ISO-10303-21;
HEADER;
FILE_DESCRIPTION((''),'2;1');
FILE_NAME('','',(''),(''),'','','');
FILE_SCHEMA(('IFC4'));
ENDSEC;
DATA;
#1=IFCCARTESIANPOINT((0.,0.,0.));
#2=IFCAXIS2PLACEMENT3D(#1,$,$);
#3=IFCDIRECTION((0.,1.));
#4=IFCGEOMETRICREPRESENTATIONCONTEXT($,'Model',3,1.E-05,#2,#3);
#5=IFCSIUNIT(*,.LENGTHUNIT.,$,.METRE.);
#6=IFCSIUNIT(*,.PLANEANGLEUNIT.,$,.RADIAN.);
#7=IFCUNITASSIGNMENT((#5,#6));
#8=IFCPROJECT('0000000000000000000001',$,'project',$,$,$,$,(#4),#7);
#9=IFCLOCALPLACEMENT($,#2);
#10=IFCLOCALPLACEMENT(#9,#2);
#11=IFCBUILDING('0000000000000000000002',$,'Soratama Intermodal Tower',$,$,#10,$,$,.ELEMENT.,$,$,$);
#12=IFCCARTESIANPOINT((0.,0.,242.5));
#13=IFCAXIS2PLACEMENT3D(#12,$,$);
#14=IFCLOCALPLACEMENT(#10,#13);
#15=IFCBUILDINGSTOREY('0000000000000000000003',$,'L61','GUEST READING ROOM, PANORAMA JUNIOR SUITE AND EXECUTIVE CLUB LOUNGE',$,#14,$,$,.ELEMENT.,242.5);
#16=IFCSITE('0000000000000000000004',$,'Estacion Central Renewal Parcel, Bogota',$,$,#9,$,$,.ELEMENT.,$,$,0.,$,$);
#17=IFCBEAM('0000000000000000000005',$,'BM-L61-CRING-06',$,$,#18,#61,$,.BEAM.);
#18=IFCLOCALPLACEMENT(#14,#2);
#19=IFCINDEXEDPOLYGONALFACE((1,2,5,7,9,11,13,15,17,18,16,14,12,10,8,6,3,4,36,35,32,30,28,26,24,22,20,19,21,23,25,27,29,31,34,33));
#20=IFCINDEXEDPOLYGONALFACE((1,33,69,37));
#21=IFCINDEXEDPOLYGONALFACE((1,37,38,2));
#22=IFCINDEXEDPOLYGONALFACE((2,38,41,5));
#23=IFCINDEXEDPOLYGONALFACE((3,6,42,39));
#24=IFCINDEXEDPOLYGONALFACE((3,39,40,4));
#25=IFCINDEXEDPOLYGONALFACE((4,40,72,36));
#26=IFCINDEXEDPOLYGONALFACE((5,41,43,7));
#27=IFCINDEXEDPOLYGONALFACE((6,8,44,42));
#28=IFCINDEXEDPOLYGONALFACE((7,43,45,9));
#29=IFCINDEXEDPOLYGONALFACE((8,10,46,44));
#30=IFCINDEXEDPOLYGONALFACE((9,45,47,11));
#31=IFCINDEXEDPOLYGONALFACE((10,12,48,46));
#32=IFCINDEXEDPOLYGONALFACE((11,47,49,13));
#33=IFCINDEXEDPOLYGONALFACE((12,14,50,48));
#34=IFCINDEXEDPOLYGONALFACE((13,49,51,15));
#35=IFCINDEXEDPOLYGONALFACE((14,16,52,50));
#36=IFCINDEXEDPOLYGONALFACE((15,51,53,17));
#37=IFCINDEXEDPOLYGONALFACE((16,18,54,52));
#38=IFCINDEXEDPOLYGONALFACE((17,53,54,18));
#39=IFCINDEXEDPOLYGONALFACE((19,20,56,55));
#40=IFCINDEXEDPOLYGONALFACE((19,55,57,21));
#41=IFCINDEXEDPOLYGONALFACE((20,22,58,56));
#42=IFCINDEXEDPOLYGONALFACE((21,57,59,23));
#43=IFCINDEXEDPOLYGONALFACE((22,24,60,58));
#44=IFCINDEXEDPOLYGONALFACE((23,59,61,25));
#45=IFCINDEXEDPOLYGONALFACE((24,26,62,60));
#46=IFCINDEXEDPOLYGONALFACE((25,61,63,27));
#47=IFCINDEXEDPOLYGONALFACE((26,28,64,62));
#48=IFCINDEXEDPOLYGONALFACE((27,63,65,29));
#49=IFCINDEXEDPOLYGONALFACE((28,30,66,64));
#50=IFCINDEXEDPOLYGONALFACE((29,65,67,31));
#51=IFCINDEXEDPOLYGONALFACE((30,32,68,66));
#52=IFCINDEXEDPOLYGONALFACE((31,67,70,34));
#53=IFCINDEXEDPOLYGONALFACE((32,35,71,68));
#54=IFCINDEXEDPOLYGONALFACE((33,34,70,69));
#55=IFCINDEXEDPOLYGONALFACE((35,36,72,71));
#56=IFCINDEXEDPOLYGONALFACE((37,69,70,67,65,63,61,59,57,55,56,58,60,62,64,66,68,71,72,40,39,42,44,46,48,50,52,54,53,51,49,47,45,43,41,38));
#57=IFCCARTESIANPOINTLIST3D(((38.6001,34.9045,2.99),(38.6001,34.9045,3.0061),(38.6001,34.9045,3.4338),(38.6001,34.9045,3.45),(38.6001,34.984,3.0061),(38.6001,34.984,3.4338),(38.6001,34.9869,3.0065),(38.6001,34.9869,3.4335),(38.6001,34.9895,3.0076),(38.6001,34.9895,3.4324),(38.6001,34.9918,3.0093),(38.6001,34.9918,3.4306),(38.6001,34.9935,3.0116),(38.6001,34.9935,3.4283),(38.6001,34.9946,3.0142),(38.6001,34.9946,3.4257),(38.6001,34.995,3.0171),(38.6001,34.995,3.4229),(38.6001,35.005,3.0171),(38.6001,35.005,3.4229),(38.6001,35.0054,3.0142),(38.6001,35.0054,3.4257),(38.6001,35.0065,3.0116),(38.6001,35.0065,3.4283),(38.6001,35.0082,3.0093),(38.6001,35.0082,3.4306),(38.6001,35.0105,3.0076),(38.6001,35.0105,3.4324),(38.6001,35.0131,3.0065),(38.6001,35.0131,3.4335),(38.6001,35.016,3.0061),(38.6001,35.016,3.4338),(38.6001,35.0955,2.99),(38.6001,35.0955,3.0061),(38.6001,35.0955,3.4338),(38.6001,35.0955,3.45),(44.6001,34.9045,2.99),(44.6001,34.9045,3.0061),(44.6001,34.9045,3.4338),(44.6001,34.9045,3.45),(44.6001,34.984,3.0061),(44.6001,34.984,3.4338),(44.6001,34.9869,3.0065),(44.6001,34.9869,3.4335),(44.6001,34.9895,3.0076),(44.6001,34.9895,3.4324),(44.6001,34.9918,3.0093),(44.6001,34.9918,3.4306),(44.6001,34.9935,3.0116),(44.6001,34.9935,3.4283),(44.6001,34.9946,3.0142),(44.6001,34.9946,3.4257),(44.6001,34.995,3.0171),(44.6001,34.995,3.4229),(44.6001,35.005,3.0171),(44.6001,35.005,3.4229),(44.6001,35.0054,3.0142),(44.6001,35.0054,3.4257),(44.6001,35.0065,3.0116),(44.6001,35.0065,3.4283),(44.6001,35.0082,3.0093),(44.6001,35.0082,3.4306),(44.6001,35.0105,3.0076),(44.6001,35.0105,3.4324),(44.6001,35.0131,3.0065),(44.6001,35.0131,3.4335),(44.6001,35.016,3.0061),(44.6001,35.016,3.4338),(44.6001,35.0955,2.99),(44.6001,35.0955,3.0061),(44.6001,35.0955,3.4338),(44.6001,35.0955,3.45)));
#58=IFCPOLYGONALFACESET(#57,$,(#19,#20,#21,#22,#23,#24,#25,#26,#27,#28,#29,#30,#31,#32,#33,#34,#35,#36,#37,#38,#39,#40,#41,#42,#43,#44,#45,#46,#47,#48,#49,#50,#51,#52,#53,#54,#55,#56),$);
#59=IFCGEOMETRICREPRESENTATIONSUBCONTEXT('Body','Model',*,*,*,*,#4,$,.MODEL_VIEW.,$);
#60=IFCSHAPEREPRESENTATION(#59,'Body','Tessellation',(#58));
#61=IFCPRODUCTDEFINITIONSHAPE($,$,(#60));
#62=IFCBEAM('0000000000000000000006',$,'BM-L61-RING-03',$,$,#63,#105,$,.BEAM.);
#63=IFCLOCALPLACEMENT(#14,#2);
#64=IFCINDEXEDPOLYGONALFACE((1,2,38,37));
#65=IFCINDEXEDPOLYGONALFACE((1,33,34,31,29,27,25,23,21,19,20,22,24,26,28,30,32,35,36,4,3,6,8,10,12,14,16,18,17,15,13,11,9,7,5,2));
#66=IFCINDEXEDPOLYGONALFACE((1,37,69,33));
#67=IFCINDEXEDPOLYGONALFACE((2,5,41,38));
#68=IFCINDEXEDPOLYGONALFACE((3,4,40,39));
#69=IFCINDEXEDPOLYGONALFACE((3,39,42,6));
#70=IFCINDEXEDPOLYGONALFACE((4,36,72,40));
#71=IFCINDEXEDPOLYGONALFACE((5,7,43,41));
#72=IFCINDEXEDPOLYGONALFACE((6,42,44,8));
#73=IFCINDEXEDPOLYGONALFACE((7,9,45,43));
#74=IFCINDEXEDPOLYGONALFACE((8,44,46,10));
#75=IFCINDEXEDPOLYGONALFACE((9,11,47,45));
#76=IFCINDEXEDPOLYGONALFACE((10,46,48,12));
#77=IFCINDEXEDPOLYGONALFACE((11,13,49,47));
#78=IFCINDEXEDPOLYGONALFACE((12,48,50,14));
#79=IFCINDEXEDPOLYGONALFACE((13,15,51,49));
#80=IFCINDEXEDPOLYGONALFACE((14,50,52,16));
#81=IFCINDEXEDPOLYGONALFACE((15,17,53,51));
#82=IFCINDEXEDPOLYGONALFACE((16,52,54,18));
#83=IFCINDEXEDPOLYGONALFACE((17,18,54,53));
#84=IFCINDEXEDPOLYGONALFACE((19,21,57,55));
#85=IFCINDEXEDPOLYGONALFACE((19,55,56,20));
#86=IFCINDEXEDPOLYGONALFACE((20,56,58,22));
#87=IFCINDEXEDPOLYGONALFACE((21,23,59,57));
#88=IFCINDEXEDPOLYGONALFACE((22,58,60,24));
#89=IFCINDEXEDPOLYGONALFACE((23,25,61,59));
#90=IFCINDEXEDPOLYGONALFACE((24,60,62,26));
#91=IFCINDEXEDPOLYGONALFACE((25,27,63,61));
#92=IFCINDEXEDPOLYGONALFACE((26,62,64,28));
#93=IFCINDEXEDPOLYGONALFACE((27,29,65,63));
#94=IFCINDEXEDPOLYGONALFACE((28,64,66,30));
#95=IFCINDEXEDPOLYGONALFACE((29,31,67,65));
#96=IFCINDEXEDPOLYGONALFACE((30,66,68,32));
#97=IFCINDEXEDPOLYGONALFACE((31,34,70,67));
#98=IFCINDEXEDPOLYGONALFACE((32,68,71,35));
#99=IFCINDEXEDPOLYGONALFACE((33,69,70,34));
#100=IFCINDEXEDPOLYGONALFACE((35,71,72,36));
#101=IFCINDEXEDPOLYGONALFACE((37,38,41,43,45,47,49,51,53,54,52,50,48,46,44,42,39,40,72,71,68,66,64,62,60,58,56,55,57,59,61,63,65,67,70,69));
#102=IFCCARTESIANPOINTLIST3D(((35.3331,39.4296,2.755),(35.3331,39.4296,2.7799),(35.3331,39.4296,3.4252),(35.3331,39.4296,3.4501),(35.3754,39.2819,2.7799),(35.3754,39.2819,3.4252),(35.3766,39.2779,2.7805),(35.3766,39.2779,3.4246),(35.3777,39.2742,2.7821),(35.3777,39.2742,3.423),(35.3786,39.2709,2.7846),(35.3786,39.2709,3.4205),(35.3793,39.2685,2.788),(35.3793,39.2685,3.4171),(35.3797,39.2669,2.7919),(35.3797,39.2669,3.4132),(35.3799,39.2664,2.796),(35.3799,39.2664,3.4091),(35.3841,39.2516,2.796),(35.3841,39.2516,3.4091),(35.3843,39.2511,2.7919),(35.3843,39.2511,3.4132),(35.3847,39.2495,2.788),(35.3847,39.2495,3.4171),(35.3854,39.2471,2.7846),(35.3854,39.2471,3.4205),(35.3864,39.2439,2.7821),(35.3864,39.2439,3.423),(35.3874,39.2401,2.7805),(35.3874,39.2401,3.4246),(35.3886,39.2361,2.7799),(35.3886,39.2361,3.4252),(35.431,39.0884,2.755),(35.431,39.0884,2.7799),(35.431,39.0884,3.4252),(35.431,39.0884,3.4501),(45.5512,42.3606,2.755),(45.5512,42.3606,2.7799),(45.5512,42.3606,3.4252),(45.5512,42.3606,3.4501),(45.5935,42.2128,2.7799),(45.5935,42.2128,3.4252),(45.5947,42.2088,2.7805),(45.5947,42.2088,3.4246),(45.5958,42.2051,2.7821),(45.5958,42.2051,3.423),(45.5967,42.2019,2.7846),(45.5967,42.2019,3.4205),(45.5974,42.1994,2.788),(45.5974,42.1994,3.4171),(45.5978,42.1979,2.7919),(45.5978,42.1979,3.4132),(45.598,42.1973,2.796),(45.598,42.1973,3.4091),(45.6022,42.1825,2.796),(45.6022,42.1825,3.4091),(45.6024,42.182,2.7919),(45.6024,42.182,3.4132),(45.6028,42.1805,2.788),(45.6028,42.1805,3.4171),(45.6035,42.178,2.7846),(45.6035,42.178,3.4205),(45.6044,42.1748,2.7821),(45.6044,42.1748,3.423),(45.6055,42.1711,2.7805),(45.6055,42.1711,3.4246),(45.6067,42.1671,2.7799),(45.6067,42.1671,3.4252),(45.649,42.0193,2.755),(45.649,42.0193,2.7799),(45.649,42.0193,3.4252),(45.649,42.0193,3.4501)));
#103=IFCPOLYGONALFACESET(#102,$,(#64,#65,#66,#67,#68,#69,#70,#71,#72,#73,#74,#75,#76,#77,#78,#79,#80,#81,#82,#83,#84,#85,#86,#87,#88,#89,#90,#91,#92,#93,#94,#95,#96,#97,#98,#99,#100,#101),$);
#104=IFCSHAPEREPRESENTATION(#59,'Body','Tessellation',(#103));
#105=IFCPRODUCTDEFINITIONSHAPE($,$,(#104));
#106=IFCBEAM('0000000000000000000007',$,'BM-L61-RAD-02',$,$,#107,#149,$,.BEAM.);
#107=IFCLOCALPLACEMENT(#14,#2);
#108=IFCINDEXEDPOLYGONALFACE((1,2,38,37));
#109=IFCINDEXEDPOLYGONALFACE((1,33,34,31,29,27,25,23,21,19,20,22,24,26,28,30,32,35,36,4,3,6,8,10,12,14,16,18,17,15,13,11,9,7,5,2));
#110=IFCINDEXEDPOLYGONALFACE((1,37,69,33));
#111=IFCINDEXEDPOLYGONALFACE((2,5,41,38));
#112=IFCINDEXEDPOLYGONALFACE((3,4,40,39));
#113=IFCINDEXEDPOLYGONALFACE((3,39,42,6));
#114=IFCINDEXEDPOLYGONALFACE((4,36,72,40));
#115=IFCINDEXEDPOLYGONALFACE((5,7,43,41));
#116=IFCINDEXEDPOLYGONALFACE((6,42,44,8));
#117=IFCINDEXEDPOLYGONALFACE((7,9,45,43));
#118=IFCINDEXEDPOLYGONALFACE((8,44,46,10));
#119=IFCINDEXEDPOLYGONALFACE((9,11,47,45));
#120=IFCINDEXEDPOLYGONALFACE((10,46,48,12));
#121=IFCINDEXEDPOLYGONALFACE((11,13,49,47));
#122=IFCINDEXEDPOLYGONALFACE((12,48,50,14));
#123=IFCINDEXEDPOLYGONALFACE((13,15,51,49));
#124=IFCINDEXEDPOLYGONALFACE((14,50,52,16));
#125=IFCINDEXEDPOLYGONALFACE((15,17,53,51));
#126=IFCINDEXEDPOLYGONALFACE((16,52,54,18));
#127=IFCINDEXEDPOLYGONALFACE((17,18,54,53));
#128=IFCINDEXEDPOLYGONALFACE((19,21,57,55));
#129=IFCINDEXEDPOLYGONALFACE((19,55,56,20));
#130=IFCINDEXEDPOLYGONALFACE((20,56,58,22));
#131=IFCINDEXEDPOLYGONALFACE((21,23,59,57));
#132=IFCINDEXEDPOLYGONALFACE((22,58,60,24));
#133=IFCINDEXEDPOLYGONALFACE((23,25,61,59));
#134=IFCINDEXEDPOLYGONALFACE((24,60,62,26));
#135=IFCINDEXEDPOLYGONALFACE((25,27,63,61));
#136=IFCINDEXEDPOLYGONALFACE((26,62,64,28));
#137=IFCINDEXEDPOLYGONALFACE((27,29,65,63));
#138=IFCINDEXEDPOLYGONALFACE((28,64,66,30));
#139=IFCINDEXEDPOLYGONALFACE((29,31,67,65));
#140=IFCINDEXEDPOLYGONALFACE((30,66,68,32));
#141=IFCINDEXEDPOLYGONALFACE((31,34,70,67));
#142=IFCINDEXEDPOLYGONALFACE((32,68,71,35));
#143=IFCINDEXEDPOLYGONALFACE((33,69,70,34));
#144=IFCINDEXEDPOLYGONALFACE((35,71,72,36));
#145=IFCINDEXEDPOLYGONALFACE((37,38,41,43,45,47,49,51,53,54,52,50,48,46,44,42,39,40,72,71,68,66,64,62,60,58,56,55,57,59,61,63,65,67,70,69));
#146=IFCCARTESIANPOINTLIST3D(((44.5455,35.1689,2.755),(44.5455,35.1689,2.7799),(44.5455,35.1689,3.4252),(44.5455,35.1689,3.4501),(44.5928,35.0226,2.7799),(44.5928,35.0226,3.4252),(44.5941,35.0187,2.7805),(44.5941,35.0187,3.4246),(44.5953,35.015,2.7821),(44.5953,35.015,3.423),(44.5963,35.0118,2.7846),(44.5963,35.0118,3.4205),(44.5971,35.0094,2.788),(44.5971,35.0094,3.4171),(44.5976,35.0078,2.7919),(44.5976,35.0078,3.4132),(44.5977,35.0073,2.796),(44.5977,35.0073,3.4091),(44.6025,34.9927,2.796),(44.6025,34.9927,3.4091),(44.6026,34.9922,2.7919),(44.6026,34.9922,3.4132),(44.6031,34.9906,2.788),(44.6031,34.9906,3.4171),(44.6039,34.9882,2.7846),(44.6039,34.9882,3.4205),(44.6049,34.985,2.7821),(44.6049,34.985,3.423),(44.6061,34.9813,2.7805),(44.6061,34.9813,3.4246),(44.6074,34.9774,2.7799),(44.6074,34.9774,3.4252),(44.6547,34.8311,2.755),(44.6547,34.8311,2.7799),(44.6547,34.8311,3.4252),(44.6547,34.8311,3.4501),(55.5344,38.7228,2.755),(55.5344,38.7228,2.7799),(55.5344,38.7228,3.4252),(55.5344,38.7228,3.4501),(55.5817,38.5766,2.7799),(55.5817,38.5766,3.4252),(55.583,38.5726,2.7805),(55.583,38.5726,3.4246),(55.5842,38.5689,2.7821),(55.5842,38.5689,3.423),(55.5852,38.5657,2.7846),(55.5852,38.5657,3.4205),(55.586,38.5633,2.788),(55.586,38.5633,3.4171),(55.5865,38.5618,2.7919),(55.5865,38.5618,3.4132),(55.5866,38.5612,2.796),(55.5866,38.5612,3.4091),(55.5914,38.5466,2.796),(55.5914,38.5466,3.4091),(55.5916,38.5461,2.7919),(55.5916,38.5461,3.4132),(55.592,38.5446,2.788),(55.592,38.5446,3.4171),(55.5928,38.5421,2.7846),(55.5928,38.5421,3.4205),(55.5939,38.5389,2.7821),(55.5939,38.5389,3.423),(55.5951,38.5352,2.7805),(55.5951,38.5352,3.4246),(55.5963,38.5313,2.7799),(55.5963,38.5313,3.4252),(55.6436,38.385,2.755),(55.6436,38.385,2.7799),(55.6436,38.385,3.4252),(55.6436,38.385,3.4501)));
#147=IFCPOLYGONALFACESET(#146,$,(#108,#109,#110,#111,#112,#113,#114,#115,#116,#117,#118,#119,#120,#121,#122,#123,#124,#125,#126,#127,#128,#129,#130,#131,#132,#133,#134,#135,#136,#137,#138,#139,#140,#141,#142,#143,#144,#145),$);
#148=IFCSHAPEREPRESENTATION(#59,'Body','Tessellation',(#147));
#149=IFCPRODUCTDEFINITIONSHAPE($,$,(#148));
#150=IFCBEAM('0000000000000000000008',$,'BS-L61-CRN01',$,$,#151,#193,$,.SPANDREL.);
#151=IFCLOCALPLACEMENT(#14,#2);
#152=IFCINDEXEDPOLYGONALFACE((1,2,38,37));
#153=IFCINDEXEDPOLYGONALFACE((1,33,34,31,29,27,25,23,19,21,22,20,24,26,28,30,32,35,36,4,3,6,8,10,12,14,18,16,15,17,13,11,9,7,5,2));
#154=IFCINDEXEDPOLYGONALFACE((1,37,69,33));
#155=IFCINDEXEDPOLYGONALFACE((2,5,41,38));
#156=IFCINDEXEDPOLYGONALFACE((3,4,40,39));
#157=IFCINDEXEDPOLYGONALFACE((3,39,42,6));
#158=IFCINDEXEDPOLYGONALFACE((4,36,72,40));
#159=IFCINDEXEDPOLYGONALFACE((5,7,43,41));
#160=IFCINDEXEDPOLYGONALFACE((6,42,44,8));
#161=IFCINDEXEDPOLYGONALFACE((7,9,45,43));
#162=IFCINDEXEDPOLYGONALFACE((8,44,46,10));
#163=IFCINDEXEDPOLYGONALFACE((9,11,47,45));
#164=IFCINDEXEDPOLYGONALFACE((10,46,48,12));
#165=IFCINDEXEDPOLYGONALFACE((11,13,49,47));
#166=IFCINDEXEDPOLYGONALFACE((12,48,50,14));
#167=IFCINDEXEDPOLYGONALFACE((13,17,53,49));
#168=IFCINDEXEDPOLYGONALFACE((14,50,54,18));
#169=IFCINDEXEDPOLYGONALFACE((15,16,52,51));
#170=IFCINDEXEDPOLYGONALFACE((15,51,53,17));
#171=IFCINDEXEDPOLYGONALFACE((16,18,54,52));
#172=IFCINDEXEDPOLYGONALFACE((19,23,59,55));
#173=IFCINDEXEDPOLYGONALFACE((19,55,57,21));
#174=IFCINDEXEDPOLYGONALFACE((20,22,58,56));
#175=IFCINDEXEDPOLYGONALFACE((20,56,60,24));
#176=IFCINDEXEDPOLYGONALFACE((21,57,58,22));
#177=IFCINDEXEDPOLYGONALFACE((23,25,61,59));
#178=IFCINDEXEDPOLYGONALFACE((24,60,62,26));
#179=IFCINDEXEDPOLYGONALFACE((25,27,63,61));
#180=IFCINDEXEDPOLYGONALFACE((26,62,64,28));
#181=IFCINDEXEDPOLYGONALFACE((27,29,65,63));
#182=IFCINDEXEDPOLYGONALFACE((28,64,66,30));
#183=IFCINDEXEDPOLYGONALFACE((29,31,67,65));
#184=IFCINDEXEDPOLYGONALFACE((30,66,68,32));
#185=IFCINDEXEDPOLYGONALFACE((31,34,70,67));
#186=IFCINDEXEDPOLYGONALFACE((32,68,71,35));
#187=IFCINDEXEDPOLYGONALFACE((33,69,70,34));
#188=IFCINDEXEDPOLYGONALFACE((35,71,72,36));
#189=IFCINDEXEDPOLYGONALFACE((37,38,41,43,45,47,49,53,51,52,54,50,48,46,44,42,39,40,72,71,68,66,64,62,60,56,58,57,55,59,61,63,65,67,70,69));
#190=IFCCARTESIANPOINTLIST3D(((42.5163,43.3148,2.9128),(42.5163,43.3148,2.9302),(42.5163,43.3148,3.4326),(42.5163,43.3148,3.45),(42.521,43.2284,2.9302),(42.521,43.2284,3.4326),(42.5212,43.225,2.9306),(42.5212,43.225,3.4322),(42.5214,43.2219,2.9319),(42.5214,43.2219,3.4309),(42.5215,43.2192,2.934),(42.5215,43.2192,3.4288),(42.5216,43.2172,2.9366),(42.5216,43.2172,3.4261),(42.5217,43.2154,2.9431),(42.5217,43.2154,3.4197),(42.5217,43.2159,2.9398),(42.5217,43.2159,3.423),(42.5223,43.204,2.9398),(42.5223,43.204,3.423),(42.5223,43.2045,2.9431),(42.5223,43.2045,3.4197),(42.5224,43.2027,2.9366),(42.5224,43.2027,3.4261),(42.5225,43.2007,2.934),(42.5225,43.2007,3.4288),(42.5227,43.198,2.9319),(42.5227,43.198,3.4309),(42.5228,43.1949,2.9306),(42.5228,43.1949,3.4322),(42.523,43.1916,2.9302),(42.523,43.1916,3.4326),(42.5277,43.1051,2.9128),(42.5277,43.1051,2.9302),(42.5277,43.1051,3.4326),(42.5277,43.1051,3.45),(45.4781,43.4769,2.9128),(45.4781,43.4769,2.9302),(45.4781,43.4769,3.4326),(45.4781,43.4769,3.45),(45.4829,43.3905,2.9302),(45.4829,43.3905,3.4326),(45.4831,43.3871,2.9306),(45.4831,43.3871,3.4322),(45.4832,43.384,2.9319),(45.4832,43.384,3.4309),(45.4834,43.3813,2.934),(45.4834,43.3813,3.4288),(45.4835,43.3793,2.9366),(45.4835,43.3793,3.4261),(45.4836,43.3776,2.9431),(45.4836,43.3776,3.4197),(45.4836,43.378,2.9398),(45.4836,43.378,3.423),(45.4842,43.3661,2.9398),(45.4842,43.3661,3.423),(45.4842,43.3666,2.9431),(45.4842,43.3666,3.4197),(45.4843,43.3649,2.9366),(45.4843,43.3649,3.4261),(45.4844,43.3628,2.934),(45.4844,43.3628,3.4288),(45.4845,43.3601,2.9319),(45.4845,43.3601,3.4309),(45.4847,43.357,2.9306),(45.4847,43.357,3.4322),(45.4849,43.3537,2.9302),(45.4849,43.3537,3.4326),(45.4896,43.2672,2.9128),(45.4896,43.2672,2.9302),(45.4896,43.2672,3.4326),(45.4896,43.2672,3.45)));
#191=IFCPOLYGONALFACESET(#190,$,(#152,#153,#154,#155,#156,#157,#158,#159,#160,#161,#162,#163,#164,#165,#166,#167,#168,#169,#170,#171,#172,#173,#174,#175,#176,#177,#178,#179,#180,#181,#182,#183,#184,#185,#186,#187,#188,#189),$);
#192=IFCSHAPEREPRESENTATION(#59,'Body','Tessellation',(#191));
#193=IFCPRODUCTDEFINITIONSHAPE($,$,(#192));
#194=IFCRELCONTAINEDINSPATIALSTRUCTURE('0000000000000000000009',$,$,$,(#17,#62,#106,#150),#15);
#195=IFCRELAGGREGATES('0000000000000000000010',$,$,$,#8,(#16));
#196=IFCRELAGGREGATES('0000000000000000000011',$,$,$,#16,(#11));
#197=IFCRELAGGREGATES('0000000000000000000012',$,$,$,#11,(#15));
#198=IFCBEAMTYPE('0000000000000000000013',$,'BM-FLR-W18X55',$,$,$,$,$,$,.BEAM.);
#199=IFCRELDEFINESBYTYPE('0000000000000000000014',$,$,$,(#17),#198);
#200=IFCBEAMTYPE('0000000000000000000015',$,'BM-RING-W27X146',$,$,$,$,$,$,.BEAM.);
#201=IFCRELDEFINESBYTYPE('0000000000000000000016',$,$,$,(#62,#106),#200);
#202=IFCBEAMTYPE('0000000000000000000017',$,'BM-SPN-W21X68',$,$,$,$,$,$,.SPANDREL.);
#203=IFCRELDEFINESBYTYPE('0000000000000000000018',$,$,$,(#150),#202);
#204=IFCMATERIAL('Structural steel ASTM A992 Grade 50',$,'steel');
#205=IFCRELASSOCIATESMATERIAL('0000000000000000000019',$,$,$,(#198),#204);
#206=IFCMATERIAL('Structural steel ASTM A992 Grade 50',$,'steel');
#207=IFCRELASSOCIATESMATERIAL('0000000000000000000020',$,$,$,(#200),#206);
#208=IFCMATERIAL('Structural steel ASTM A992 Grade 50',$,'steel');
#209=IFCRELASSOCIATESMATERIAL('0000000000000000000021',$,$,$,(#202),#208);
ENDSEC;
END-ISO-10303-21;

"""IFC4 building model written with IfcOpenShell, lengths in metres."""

from ifc_helpers import new_model, si_unit, direction, frame, origin, origin_2d, place, context, subcontext, project, spatial, i_section, extrude, material, material_profile, profile_set, type_object, element, save


model = new_model("IFC4")

# Units and contexts
model_context = context("Model", 3, precision=1e-05, world=origin(), true_north=direction((0.0, 1.0)))
body_context = subcontext(model_context, "Body", "Model", "MODEL_VIEW")
ifc_project = project(units=[si_unit("LENGTHUNIT", "METRE"), si_unit("PLANEANGLEUNIT", "RADIAN")], contexts=[model_context])

# Site, building, storey
site_placement = place(None, origin())
site = spatial("IfcSite", under=ifc_project, at=site_placement, Name="Estacion Central Renewal Parcel, Bogota", CompositionType="ELEMENT", RefElevation=0.0)
building_placement = place(site_placement, origin())
building = spatial("IfcBuilding", under=site, at=building_placement, Name="Soratama Intermodal Tower", CompositionType="ELEMENT")
storey_placement = place(building_placement, frame((0.0, 0.0, 242.5)))
storey = spatial("IfcBuildingStorey", under=building, at=storey_placement, Name="L61", Description="GUEST READING ROOM, PANORAMA JUNIOR SUITE AND EXECUTIVE CLUB LOUNGE", CompositionType="ELEMENT", Elevation=242.5)

# Beams
ifc_material_1 = material(Name="Structural steel ASTM A992 Grade 50", Category="steel")
ifc_material_profile_1 = material_profile(ifc_material_1, i_section(OverallWidth=0.1909, OverallDepth=0.46, WebThickness=0.01, FlangeThickness=0.0161, FilletRadius=0.011, at=origin_2d()), Name="W18X55")
ifc_profile_set_1 = profile_set([ifc_material_profile_1], Name="Structural steel ASTM A992 Grade 50")
beam_type_1 = type_object("IfcBeamType", Name="BM-FLR-W18X55", PredefinedType="BEAM", material=ifc_profile_set_1)
beam_1_placement = place(storey_placement, frame((44.6001, 35.0, 3.22), z_axis=(-1.0, 0.0, 0.0), x_axis=(0.0, -1.0, 0.0)))
element("IfcBeam", 1, at=beam_1_placement, inside=storey, type_object=beam_type_1, Name="BM-L61-CRING-06", PredefinedType="BEAM", context=body_context, shape_type="SweptSolid", body=[
    extrude(i_section(OverallWidth=0.1909, OverallDepth=0.46, WebThickness=0.01, FlangeThickness=0.0161, FilletRadius=0.011, at=origin_2d()), origin(), (0.0, 0.0, 1.0), 6.0),
])
ifc_material_2 = material(Name="Structural steel ASTM A992 Grade 50", Category="steel")
ifc_material_profile_2 = material_profile(ifc_material_2, i_section(OverallWidth=0.355, OverallDepth=0.6951, WebThickness=0.0154, FlangeThickness=0.0249, FilletRadius=0.0161, at=origin_2d()), Name="W27X146")
ifc_profile_set_2 = profile_set([ifc_material_profile_2], Name="Structural steel ASTM A992 Grade 50")
beam_type_2 = type_object("IfcBeamType", Name="BM-RING-W27X146", PredefinedType="BEAM", material=ifc_profile_set_2)
beam_2_placement = place(storey_placement, frame((45.6001, 42.1899, 3.1025), z_axis=(-0.961238, -0.275719, 0.0), x_axis=(0.275719, -0.961238, 0.0)))
element("IfcBeam", 2, at=beam_2_placement, inside=storey, type_object=beam_type_2, Name="BM-L61-RING-03", PredefinedType="BEAM", context=body_context, shape_type="SweptSolid", body=[
    extrude(i_section(OverallWidth=0.355, OverallDepth=0.6951, WebThickness=0.0154, FlangeThickness=0.0249, FilletRadius=0.0161, at=origin_2d()), origin(), (0.0, 0.0, 1.0), 10.6301),
])
beam_3_placement = place(storey_placement, frame((44.6001, 35.0, 3.1025), z_axis=(0.951478, 0.307717, 0.0), x_axis=(-0.307717, 0.951478, 0.0)))
element("IfcBeam", 3, at=beam_3_placement, inside=storey, type_object=beam_type_2, Name="BM-L61-RAD-02", PredefinedType="BEAM", context=body_context, shape_type="SweptSolid", body=[
    extrude(i_section(OverallWidth=0.355, OverallDepth=0.6951, WebThickness=0.0154, FlangeThickness=0.0249, FilletRadius=0.0161, at=origin_2d()), origin(), (0.0, 0.0, 1.0), 11.5493),
])
ifc_material_3 = material(Name="Structural steel ASTM A992 Grade 50", Category="steel")
ifc_material_profile_3 = material_profile(ifc_material_3, i_section(OverallWidth=0.21, OverallDepth=0.5371, WebThickness=0.011, FlangeThickness=0.0173, FilletRadius=0.0129, at=origin_2d()), Name="W21X68")
ifc_profile_set_3 = profile_set([ifc_material_profile_3], Name="Structural steel ASTM A992 Grade 50")
beam_type_3 = type_object("IfcBeamType", Name="BM-SPN-W21X68", PredefinedType="SPANDREL", material=ifc_profile_set_3)
beam_4_placement = place(storey_placement, frame((45.4839, 43.3721, 3.1814), z_axis=(-0.998506, -0.054649, 0.0), x_axis=(0.054649, -0.998506, 0.0)))
element("IfcBeam", 4, at=beam_4_placement, inside=storey, type_object=beam_type_3, Name="BS-L61-CRN01", PredefinedType="SPANDREL", context=body_context, shape_type="SweptSolid", body=[
    extrude(i_section(OverallWidth=0.21, OverallDepth=0.5371, WebThickness=0.011, FlangeThickness=0.0173, FilletRadius=0.0129, at=origin_2d()), origin(), (0.0, 0.0, 1.0), 2.9663),
])

save(model, "model.ifc")
